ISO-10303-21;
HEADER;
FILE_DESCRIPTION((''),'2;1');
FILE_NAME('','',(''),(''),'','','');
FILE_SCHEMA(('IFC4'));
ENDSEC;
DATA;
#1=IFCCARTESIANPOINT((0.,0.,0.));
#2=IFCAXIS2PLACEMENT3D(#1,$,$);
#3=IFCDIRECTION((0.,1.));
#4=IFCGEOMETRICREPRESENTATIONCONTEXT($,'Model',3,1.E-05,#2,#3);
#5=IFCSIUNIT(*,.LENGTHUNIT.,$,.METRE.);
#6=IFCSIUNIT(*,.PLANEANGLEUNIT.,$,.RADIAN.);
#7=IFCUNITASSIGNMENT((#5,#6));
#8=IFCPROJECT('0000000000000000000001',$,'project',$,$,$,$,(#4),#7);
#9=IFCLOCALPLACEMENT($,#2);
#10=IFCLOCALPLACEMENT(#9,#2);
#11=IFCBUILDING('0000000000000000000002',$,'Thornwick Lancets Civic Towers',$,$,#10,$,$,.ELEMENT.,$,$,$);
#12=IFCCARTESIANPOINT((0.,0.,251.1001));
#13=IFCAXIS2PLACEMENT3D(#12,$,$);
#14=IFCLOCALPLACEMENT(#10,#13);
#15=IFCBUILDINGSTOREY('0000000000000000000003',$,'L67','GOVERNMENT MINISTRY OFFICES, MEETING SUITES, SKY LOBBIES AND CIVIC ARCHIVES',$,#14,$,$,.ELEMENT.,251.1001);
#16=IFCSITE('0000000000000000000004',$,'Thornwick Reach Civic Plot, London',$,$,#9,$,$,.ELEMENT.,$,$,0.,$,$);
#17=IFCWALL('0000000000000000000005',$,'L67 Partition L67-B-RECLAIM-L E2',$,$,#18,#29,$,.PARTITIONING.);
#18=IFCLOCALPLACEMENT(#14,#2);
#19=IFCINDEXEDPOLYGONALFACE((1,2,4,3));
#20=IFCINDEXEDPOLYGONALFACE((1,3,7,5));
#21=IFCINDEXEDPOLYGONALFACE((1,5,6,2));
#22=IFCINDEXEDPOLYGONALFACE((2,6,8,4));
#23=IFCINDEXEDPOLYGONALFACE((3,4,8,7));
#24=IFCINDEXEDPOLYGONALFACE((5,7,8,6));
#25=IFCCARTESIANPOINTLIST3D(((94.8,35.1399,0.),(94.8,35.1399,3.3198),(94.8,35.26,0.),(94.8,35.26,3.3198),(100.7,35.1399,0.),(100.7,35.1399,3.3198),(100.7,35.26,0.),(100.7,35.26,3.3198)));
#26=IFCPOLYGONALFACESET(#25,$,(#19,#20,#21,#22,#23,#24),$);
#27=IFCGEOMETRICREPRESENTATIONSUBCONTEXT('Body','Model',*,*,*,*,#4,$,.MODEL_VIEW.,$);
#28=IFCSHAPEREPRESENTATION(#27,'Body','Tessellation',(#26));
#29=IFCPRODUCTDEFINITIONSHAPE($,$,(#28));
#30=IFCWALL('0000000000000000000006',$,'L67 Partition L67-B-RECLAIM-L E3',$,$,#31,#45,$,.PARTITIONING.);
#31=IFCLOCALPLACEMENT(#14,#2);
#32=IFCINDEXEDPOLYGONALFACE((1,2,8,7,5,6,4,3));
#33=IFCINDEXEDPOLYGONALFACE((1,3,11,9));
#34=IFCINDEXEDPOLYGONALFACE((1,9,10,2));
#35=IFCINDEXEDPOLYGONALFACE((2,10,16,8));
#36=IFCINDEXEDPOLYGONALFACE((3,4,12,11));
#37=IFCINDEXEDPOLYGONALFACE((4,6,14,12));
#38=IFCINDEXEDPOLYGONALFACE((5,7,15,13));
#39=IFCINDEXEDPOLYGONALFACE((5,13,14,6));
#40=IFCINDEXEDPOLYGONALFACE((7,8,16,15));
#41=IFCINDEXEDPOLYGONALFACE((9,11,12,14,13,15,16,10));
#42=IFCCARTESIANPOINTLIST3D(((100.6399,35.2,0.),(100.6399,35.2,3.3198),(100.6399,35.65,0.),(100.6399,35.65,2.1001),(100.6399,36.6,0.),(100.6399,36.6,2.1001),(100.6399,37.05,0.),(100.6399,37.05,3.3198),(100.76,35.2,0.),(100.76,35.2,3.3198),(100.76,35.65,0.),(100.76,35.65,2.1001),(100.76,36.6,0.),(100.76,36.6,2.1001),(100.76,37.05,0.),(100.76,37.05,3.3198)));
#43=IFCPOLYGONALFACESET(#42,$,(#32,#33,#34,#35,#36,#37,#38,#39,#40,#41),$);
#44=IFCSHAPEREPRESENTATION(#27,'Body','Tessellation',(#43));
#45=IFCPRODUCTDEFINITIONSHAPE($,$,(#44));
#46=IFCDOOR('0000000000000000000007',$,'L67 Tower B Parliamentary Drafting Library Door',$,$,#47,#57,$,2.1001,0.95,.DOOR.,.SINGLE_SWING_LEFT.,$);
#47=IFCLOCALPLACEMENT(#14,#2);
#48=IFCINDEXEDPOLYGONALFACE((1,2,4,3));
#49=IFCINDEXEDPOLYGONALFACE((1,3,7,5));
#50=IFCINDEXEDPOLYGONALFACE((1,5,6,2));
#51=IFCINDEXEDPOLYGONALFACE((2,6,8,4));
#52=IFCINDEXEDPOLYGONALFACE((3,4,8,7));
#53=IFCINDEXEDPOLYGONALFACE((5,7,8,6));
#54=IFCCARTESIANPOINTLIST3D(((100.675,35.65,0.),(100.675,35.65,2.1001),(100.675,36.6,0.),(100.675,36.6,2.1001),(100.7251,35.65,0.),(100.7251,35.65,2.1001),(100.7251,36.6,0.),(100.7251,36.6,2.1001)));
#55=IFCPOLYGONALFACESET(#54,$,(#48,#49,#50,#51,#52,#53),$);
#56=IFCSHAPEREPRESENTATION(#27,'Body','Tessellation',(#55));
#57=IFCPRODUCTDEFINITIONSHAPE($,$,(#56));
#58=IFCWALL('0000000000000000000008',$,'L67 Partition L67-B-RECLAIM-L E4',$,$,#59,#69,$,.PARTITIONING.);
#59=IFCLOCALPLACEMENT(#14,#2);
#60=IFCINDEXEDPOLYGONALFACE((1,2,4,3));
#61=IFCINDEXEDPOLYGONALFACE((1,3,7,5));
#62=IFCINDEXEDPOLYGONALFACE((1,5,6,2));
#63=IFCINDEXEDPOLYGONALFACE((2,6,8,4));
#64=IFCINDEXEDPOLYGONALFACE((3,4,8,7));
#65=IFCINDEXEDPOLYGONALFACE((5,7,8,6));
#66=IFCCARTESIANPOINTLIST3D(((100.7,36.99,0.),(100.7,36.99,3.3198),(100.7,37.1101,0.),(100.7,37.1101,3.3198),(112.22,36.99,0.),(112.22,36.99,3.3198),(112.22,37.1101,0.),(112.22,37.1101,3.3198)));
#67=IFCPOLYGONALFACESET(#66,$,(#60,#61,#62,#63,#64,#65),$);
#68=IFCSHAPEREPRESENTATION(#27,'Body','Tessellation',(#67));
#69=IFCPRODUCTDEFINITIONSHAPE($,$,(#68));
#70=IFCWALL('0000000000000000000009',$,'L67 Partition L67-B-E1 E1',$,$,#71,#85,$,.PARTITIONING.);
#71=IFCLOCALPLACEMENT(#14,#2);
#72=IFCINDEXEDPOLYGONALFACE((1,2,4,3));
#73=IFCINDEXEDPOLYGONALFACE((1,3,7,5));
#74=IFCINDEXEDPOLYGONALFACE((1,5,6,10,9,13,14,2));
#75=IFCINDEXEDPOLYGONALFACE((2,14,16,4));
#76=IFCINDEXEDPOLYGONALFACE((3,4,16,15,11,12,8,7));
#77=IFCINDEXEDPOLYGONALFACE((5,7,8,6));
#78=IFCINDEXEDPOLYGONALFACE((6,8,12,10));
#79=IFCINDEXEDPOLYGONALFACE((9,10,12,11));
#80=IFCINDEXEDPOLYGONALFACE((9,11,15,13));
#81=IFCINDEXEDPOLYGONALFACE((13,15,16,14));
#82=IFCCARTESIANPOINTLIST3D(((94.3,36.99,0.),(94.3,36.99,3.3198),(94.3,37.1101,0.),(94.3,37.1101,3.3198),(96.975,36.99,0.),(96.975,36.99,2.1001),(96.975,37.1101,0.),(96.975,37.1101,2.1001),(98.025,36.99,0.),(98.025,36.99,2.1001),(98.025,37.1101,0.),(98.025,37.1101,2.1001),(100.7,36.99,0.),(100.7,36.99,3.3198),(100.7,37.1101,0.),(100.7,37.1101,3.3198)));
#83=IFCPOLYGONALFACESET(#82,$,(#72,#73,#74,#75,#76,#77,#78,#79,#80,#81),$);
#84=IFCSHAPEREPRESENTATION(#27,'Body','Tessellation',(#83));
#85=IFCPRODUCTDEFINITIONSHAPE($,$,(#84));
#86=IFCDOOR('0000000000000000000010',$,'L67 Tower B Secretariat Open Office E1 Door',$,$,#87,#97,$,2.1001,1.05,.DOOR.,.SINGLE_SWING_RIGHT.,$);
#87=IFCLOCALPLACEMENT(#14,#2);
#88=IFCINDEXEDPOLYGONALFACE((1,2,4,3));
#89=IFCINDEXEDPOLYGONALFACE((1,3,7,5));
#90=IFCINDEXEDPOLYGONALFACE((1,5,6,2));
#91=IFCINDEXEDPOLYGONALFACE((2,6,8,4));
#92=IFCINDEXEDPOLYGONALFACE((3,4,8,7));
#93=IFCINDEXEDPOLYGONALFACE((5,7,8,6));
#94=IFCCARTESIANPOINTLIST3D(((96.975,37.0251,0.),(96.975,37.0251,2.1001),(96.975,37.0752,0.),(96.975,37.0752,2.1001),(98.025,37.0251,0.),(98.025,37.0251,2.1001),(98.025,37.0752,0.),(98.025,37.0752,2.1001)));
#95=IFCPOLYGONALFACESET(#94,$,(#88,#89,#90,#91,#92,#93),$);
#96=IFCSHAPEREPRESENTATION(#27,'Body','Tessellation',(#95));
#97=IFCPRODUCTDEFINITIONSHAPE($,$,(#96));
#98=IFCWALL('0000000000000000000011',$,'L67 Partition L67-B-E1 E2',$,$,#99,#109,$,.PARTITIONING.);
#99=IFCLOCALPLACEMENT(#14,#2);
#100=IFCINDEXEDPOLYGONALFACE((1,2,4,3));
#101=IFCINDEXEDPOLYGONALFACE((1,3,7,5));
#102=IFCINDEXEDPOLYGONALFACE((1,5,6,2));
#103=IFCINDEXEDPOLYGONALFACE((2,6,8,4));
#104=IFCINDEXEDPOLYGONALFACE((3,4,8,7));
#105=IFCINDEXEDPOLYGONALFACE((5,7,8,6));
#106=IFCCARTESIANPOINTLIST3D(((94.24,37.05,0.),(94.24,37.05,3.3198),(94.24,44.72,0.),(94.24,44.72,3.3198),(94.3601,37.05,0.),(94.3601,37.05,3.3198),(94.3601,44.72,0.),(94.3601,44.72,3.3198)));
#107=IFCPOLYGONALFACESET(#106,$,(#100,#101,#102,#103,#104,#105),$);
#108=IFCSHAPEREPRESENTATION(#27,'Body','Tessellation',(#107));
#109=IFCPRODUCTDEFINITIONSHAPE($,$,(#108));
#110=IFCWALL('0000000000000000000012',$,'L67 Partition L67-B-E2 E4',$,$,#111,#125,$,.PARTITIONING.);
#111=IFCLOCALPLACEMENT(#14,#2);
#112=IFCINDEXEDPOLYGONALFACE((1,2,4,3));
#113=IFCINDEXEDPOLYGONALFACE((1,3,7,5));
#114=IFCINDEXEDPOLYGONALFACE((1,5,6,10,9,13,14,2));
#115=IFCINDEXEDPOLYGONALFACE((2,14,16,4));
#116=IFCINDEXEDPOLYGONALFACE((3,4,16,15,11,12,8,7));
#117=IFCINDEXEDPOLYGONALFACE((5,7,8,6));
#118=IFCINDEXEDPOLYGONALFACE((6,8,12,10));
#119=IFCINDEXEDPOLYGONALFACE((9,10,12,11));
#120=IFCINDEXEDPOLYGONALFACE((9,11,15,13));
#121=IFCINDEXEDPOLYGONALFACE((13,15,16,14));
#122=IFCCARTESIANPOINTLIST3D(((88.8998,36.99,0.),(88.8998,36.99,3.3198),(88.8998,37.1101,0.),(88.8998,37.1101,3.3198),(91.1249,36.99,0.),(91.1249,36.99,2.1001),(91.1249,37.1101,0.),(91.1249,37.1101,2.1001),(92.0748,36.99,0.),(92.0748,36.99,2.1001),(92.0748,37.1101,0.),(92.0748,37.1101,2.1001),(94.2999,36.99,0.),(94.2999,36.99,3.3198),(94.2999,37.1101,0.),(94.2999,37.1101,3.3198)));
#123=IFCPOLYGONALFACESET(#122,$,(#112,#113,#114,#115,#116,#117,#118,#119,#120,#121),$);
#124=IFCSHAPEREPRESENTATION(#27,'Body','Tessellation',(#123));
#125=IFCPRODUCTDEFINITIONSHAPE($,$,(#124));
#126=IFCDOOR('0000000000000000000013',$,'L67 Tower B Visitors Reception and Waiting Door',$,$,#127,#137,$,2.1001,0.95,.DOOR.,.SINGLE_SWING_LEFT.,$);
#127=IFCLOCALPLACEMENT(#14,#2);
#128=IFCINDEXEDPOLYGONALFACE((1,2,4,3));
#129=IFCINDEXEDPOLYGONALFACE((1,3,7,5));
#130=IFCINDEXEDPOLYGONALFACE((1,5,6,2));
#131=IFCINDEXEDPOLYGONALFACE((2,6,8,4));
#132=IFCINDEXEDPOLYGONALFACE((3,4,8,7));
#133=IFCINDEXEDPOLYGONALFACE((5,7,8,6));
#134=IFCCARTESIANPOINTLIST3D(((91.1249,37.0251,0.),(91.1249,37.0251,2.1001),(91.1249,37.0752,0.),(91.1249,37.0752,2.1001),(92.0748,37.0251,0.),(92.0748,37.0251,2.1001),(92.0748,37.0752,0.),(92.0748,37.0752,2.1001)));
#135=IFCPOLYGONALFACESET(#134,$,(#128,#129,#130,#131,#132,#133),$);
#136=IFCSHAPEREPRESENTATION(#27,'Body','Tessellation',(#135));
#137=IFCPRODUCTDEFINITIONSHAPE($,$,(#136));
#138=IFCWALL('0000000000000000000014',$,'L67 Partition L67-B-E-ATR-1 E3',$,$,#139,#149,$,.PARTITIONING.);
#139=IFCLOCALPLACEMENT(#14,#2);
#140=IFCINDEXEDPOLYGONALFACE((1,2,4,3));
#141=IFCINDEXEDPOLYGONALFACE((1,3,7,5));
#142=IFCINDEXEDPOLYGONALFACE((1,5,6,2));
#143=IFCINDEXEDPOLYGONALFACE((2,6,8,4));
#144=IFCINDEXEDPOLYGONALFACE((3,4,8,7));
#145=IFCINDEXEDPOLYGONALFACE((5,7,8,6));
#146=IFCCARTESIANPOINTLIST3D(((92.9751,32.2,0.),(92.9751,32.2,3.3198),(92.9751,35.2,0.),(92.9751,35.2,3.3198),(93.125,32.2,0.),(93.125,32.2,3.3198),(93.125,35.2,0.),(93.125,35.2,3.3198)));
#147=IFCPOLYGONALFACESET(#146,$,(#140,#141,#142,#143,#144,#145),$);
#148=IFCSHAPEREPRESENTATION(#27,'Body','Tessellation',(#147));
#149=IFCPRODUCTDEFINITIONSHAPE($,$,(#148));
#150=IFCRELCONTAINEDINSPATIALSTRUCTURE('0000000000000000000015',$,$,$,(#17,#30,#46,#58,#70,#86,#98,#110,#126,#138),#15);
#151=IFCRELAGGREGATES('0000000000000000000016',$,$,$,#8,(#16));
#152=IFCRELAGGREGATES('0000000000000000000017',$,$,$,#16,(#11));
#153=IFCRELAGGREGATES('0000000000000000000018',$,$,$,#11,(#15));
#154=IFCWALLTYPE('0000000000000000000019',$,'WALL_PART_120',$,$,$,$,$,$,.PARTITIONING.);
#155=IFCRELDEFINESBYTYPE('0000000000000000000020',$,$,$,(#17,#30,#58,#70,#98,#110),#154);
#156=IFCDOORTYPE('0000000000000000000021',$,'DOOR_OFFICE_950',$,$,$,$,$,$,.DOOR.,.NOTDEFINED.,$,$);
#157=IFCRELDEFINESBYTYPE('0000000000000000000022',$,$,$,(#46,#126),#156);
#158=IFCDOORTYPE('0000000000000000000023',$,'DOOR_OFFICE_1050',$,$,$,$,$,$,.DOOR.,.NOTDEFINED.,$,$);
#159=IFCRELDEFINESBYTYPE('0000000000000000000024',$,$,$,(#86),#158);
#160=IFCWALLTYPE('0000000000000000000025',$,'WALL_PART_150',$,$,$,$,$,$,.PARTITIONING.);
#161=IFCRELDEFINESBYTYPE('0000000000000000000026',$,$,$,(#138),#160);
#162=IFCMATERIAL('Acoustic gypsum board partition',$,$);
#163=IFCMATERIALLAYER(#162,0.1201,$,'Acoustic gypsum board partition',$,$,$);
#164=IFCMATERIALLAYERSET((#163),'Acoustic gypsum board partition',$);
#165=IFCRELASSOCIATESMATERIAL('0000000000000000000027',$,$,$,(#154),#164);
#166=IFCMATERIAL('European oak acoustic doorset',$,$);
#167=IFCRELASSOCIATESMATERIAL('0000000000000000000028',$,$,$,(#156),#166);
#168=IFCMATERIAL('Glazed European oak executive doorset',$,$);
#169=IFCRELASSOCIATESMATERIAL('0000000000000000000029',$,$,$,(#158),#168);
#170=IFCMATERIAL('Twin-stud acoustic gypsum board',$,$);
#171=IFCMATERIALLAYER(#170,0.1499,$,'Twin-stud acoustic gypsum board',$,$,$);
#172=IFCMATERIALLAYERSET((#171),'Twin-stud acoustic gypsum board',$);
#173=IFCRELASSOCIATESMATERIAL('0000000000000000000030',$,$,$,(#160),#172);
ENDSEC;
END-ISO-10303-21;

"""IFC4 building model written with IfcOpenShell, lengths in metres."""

from ifc_helpers import new_model, si_unit, direction, frame, frame_2d, origin, place, context, subcontext, project, spatial, rectangle, extrude, material, layer, layer_set, type_object, element, fill, save


model = new_model("IFC4")

# Units and contexts
model_context = context("Model", 3, precision=1e-05, world=origin(), true_north=direction((0.0, 1.0)))
body_context = subcontext(model_context, "Body", "Model", "MODEL_VIEW")
ifc_project = project(units=[si_unit("LENGTHUNIT", "METRE"), si_unit("PLANEANGLEUNIT", "RADIAN")], contexts=[model_context])

# Site, building, storey
site_placement = place(None, origin())
site = spatial("IfcSite", under=ifc_project, at=site_placement, Name="Thornwick Reach Civic Plot, London", CompositionType="ELEMENT", RefElevation=0.0)
building_placement = place(site_placement, origin())
building = spatial("IfcBuilding", under=site, at=building_placement, Name="Thornwick Lancets Civic Towers", CompositionType="ELEMENT")
storey_placement = place(building_placement, frame((0.0, 0.0, 251.1001)))
storey = spatial("IfcBuildingStorey", under=building, at=storey_placement, Name="L67", Description="GOVERNMENT MINISTRY OFFICES, MEETING SUITES, SKY LOBBIES AND CIVIC ARCHIVES", CompositionType="ELEMENT", Elevation=251.1001)

# Wall
ifc_material_1 = material(Name="Acoustic gypsum board partition")
ifc_layer_1 = layer(ifc_material_1, 0.1201, Name="Acoustic gypsum board partition")
ifc_layer_set_1 = layer_set([ifc_layer_1], Name="Acoustic gypsum board partition")
wall_type_1 = type_object("IfcWallType", Name="WALL_PART_120", PredefinedType="PARTITIONING", material=ifc_layer_set_1)
wall_1_placement = place(storey_placement, frame((94.8, 35.2, 0.0), z_axis=(0.0, 0.0, 1.0), x_axis=(1.0, 0.0, 0.0)))
element("IfcWall", 1, at=wall_1_placement, inside=storey, type_object=wall_type_1, Name="L67 Partition L67-B-RECLAIM-L E2", PredefinedType="PARTITIONING", context=body_context, shape_type="SweptSolid", body=[
    extrude(rectangle(XDim=5.8999, YDim=0.1201, at=frame_2d((2.95, 0.0))), origin(), (0.0, 0.0, 1.0), 3.3198),
])

# Wall, opening, door
wall_2_placement = place(storey_placement, frame((100.7, 35.2, 0.0), z_axis=(0.0, 0.0, 1.0), x_axis=(0.0, 1.0, 0.0)))
wall_2 = element("IfcWall", 2, at=wall_2_placement, inside=storey, type_object=wall_type_1, Name="L67 Partition L67-B-RECLAIM-L E3", PredefinedType="PARTITIONING", context=body_context, shape_type="SweptSolid", body=[
    extrude(rectangle(XDim=1.8501, YDim=0.1201, at=frame_2d((0.925, 0.0))), origin(), (0.0, 0.0, 1.0), 3.3198),
])
opening_1_placement = place(wall_2_placement, frame((0.45, 0.0, 0.0)))
opening_1 = element("IfcOpeningElement", 3, at=opening_1_placement, cuts=wall_2, PredefinedType="OPENING", context=body_context, shape_type="SweptSolid", body=[
    extrude(rectangle(XDim=0.95, YDim=2.1001, at=frame_2d((0.4751, 1.05))), frame((0.0, 0.0701, 0.0), z_axis=(0.0, -1.0, 0.0), x_axis=(1.0, 0.0, 0.0)), (0.0, 0.0, 1.0), 0.1401),
])
ifc_material_2 = material(Name="European oak acoustic doorset")
door_type_1 = type_object("IfcDoorType", Name="DOOR_OFFICE_950", OperationType="NOTDEFINED", PredefinedType="DOOR", material=ifc_material_2)
door_1_placement = place(opening_1_placement, origin())
door_1 = element("IfcDoor", 4, at=door_1_placement, inside=storey, type_object=door_type_1, Name="L67 Tower B Parliamentary Drafting Library Door", OperationType="SINGLE_SWING_LEFT", OverallHeight=2.1001, OverallWidth=0.95, PredefinedType="DOOR", context=body_context, shape_type="SweptSolid", body=[
    extrude(rectangle(XDim=0.95, YDim=2.1001, at=frame_2d((0.4751, 1.05))), frame((0.0, 0.0249, 0.0), z_axis=(0.0, -1.0, 0.0), x_axis=(1.0, 0.0, 0.0)), (0.0, 0.0, 1.0), 0.05),
])
fill(opening_1, door_1)

# Wall
wall_3_placement = place(storey_placement, frame((100.7, 37.05, 0.0), z_axis=(0.0, 0.0, 1.0), x_axis=(1.0, 0.0, 0.0)))
element("IfcWall", 5, at=wall_3_placement, inside=storey, type_object=wall_type_1, Name="L67 Partition L67-B-RECLAIM-L E4", PredefinedType="PARTITIONING", context=body_context, shape_type="SweptSolid", body=[
    extrude(rectangle(XDim=11.52, YDim=0.1201, at=frame_2d((5.76, 0.0))), origin(), (0.0, 0.0, 1.0), 3.3198),
])

# Wall, opening, door
wall_4_placement = place(storey_placement, frame((100.7, 37.05, 0.0), z_axis=(0.0, 0.0, 1.0), x_axis=(-1.0, 0.0, 0.0)))
wall_4 = element("IfcWall", 6, at=wall_4_placement, inside=storey, type_object=wall_type_1, Name="L67 Partition L67-B-E1 E1", PredefinedType="PARTITIONING", context=body_context, shape_type="SweptSolid", body=[
    extrude(rectangle(XDim=6.3999, YDim=0.1201, at=frame_2d((3.2, 0.0))), origin(), (0.0, 0.0, 1.0), 3.3198),
])
opening_2_placement = place(wall_4_placement, frame((2.675, 0.0, 0.0)))
opening_2 = element("IfcOpeningElement", 7, at=opening_2_placement, cuts=wall_4, PredefinedType="OPENING", context=body_context, shape_type="SweptSolid", body=[
    extrude(rectangle(XDim=1.05, YDim=2.1001, at=frame_2d((0.5249, 1.05))), frame((0.0, 0.0701, 0.0), z_axis=(0.0, -1.0, 0.0), x_axis=(1.0, 0.0, 0.0)), (0.0, 0.0, 1.0), 0.1401),
])
ifc_material_3 = material(Name="Glazed European oak executive doorset")
door_type_2 = type_object("IfcDoorType", Name="DOOR_OFFICE_1050", OperationType="NOTDEFINED", PredefinedType="DOOR", material=ifc_material_3)
door_2_placement = place(opening_2_placement, origin())
door_2 = element("IfcDoor", 8, at=door_2_placement, inside=storey, type_object=door_type_2, Name="L67 Tower B Secretariat Open Office E1 Door", OperationType="SINGLE_SWING_RIGHT", OverallHeight=2.1001, OverallWidth=1.05, PredefinedType="DOOR", context=body_context, shape_type="SweptSolid", body=[
    extrude(rectangle(XDim=1.05, YDim=2.1001, at=frame_2d((0.5249, 1.05))), frame((0.0, 0.0249, 0.0), z_axis=(0.0, -1.0, 0.0), x_axis=(1.0, 0.0, 0.0)), (0.0, 0.0, 1.0), 0.05),
])
fill(opening_2, door_2)

# Wall
wall_5_placement = place(storey_placement, frame((94.3, 37.05, 0.0), z_axis=(0.0, 0.0, 1.0), x_axis=(0.0, 1.0, 0.0)))
element("IfcWall", 9, at=wall_5_placement, inside=storey, type_object=wall_type_1, Name="L67 Partition L67-B-E1 E2", PredefinedType="PARTITIONING", context=body_context, shape_type="SweptSolid", body=[
    extrude(rectangle(XDim=7.6699, YDim=0.1201, at=frame_2d((3.835, 0.0))), origin(), (0.0, 0.0, 1.0), 3.3198),
])

# Wall, opening, door
wall_6_placement = place(storey_placement, frame((94.3, 37.05, 0.0), z_axis=(0.0, 0.0, 1.0), x_axis=(-1.0, 0.0, 0.0)))
wall_6 = element("IfcWall", 10, at=wall_6_placement, inside=storey, type_object=wall_type_1, Name="L67 Partition L67-B-E2 E4", PredefinedType="PARTITIONING", context=body_context, shape_type="SweptSolid", body=[
    extrude(rectangle(XDim=5.4001, YDim=0.1201, at=frame_2d((2.7002, 0.0))), origin(), (0.0, 0.0, 1.0), 3.3198),
])
opening_3_placement = place(wall_6_placement, frame((2.2251, 0.0, 0.0)))
opening_3 = element("IfcOpeningElement", 11, at=opening_3_placement, cuts=wall_6, PredefinedType="OPENING", context=body_context, shape_type="SweptSolid", body=[
    extrude(rectangle(XDim=0.95, YDim=2.1001, at=frame_2d((0.4751, 1.05))), frame((0.0, 0.0701, 0.0), z_axis=(0.0, -1.0, 0.0), x_axis=(1.0, 0.0, 0.0)), (0.0, 0.0, 1.0), 0.1401),
])
door_3_placement = place(opening_3_placement, origin())
door_3 = element("IfcDoor", 12, at=door_3_placement, inside=storey, type_object=door_type_1, Name="L67 Tower B Visitors Reception and Waiting Door", OperationType="SINGLE_SWING_LEFT", OverallHeight=2.1001, OverallWidth=0.95, PredefinedType="DOOR", context=body_context, shape_type="SweptSolid", body=[
    extrude(rectangle(XDim=0.95, YDim=2.1001, at=frame_2d((0.4751, 1.05))), frame((0.0, 0.0249, 0.0), z_axis=(0.0, -1.0, 0.0), x_axis=(1.0, 0.0, 0.0)), (0.0, 0.0, 1.0), 0.05),
])
fill(opening_3, door_3)

# Wall
ifc_material_4 = material(Name="Twin-stud acoustic gypsum board")
ifc_layer_2 = layer(ifc_material_4, 0.1499, Name="Twin-stud acoustic gypsum board")
ifc_layer_set_2 = layer_set([ifc_layer_2], Name="Twin-stud acoustic gypsum board")
wall_type_2 = type_object("IfcWallType", Name="WALL_PART_150", PredefinedType="PARTITIONING", material=ifc_layer_set_2)
wall_7_placement = place(storey_placement, frame((93.05, 35.2, 0.0), z_axis=(0.0, 0.0, 1.0), x_axis=(0.0, -1.0, 0.0)))
element("IfcWall", 13, at=wall_7_placement, inside=storey, type_object=wall_type_2, Name="L67 Partition L67-B-E-ATR-1 E3", PredefinedType="PARTITIONING", context=body_context, shape_type="SweptSolid", body=[
    extrude(rectangle(XDim=3.0, YDim=0.1499, at=frame_2d((1.5, 0.0))), origin(), (0.0, 0.0, 1.0), 3.3198),
])

save(model, "model.ifc")
